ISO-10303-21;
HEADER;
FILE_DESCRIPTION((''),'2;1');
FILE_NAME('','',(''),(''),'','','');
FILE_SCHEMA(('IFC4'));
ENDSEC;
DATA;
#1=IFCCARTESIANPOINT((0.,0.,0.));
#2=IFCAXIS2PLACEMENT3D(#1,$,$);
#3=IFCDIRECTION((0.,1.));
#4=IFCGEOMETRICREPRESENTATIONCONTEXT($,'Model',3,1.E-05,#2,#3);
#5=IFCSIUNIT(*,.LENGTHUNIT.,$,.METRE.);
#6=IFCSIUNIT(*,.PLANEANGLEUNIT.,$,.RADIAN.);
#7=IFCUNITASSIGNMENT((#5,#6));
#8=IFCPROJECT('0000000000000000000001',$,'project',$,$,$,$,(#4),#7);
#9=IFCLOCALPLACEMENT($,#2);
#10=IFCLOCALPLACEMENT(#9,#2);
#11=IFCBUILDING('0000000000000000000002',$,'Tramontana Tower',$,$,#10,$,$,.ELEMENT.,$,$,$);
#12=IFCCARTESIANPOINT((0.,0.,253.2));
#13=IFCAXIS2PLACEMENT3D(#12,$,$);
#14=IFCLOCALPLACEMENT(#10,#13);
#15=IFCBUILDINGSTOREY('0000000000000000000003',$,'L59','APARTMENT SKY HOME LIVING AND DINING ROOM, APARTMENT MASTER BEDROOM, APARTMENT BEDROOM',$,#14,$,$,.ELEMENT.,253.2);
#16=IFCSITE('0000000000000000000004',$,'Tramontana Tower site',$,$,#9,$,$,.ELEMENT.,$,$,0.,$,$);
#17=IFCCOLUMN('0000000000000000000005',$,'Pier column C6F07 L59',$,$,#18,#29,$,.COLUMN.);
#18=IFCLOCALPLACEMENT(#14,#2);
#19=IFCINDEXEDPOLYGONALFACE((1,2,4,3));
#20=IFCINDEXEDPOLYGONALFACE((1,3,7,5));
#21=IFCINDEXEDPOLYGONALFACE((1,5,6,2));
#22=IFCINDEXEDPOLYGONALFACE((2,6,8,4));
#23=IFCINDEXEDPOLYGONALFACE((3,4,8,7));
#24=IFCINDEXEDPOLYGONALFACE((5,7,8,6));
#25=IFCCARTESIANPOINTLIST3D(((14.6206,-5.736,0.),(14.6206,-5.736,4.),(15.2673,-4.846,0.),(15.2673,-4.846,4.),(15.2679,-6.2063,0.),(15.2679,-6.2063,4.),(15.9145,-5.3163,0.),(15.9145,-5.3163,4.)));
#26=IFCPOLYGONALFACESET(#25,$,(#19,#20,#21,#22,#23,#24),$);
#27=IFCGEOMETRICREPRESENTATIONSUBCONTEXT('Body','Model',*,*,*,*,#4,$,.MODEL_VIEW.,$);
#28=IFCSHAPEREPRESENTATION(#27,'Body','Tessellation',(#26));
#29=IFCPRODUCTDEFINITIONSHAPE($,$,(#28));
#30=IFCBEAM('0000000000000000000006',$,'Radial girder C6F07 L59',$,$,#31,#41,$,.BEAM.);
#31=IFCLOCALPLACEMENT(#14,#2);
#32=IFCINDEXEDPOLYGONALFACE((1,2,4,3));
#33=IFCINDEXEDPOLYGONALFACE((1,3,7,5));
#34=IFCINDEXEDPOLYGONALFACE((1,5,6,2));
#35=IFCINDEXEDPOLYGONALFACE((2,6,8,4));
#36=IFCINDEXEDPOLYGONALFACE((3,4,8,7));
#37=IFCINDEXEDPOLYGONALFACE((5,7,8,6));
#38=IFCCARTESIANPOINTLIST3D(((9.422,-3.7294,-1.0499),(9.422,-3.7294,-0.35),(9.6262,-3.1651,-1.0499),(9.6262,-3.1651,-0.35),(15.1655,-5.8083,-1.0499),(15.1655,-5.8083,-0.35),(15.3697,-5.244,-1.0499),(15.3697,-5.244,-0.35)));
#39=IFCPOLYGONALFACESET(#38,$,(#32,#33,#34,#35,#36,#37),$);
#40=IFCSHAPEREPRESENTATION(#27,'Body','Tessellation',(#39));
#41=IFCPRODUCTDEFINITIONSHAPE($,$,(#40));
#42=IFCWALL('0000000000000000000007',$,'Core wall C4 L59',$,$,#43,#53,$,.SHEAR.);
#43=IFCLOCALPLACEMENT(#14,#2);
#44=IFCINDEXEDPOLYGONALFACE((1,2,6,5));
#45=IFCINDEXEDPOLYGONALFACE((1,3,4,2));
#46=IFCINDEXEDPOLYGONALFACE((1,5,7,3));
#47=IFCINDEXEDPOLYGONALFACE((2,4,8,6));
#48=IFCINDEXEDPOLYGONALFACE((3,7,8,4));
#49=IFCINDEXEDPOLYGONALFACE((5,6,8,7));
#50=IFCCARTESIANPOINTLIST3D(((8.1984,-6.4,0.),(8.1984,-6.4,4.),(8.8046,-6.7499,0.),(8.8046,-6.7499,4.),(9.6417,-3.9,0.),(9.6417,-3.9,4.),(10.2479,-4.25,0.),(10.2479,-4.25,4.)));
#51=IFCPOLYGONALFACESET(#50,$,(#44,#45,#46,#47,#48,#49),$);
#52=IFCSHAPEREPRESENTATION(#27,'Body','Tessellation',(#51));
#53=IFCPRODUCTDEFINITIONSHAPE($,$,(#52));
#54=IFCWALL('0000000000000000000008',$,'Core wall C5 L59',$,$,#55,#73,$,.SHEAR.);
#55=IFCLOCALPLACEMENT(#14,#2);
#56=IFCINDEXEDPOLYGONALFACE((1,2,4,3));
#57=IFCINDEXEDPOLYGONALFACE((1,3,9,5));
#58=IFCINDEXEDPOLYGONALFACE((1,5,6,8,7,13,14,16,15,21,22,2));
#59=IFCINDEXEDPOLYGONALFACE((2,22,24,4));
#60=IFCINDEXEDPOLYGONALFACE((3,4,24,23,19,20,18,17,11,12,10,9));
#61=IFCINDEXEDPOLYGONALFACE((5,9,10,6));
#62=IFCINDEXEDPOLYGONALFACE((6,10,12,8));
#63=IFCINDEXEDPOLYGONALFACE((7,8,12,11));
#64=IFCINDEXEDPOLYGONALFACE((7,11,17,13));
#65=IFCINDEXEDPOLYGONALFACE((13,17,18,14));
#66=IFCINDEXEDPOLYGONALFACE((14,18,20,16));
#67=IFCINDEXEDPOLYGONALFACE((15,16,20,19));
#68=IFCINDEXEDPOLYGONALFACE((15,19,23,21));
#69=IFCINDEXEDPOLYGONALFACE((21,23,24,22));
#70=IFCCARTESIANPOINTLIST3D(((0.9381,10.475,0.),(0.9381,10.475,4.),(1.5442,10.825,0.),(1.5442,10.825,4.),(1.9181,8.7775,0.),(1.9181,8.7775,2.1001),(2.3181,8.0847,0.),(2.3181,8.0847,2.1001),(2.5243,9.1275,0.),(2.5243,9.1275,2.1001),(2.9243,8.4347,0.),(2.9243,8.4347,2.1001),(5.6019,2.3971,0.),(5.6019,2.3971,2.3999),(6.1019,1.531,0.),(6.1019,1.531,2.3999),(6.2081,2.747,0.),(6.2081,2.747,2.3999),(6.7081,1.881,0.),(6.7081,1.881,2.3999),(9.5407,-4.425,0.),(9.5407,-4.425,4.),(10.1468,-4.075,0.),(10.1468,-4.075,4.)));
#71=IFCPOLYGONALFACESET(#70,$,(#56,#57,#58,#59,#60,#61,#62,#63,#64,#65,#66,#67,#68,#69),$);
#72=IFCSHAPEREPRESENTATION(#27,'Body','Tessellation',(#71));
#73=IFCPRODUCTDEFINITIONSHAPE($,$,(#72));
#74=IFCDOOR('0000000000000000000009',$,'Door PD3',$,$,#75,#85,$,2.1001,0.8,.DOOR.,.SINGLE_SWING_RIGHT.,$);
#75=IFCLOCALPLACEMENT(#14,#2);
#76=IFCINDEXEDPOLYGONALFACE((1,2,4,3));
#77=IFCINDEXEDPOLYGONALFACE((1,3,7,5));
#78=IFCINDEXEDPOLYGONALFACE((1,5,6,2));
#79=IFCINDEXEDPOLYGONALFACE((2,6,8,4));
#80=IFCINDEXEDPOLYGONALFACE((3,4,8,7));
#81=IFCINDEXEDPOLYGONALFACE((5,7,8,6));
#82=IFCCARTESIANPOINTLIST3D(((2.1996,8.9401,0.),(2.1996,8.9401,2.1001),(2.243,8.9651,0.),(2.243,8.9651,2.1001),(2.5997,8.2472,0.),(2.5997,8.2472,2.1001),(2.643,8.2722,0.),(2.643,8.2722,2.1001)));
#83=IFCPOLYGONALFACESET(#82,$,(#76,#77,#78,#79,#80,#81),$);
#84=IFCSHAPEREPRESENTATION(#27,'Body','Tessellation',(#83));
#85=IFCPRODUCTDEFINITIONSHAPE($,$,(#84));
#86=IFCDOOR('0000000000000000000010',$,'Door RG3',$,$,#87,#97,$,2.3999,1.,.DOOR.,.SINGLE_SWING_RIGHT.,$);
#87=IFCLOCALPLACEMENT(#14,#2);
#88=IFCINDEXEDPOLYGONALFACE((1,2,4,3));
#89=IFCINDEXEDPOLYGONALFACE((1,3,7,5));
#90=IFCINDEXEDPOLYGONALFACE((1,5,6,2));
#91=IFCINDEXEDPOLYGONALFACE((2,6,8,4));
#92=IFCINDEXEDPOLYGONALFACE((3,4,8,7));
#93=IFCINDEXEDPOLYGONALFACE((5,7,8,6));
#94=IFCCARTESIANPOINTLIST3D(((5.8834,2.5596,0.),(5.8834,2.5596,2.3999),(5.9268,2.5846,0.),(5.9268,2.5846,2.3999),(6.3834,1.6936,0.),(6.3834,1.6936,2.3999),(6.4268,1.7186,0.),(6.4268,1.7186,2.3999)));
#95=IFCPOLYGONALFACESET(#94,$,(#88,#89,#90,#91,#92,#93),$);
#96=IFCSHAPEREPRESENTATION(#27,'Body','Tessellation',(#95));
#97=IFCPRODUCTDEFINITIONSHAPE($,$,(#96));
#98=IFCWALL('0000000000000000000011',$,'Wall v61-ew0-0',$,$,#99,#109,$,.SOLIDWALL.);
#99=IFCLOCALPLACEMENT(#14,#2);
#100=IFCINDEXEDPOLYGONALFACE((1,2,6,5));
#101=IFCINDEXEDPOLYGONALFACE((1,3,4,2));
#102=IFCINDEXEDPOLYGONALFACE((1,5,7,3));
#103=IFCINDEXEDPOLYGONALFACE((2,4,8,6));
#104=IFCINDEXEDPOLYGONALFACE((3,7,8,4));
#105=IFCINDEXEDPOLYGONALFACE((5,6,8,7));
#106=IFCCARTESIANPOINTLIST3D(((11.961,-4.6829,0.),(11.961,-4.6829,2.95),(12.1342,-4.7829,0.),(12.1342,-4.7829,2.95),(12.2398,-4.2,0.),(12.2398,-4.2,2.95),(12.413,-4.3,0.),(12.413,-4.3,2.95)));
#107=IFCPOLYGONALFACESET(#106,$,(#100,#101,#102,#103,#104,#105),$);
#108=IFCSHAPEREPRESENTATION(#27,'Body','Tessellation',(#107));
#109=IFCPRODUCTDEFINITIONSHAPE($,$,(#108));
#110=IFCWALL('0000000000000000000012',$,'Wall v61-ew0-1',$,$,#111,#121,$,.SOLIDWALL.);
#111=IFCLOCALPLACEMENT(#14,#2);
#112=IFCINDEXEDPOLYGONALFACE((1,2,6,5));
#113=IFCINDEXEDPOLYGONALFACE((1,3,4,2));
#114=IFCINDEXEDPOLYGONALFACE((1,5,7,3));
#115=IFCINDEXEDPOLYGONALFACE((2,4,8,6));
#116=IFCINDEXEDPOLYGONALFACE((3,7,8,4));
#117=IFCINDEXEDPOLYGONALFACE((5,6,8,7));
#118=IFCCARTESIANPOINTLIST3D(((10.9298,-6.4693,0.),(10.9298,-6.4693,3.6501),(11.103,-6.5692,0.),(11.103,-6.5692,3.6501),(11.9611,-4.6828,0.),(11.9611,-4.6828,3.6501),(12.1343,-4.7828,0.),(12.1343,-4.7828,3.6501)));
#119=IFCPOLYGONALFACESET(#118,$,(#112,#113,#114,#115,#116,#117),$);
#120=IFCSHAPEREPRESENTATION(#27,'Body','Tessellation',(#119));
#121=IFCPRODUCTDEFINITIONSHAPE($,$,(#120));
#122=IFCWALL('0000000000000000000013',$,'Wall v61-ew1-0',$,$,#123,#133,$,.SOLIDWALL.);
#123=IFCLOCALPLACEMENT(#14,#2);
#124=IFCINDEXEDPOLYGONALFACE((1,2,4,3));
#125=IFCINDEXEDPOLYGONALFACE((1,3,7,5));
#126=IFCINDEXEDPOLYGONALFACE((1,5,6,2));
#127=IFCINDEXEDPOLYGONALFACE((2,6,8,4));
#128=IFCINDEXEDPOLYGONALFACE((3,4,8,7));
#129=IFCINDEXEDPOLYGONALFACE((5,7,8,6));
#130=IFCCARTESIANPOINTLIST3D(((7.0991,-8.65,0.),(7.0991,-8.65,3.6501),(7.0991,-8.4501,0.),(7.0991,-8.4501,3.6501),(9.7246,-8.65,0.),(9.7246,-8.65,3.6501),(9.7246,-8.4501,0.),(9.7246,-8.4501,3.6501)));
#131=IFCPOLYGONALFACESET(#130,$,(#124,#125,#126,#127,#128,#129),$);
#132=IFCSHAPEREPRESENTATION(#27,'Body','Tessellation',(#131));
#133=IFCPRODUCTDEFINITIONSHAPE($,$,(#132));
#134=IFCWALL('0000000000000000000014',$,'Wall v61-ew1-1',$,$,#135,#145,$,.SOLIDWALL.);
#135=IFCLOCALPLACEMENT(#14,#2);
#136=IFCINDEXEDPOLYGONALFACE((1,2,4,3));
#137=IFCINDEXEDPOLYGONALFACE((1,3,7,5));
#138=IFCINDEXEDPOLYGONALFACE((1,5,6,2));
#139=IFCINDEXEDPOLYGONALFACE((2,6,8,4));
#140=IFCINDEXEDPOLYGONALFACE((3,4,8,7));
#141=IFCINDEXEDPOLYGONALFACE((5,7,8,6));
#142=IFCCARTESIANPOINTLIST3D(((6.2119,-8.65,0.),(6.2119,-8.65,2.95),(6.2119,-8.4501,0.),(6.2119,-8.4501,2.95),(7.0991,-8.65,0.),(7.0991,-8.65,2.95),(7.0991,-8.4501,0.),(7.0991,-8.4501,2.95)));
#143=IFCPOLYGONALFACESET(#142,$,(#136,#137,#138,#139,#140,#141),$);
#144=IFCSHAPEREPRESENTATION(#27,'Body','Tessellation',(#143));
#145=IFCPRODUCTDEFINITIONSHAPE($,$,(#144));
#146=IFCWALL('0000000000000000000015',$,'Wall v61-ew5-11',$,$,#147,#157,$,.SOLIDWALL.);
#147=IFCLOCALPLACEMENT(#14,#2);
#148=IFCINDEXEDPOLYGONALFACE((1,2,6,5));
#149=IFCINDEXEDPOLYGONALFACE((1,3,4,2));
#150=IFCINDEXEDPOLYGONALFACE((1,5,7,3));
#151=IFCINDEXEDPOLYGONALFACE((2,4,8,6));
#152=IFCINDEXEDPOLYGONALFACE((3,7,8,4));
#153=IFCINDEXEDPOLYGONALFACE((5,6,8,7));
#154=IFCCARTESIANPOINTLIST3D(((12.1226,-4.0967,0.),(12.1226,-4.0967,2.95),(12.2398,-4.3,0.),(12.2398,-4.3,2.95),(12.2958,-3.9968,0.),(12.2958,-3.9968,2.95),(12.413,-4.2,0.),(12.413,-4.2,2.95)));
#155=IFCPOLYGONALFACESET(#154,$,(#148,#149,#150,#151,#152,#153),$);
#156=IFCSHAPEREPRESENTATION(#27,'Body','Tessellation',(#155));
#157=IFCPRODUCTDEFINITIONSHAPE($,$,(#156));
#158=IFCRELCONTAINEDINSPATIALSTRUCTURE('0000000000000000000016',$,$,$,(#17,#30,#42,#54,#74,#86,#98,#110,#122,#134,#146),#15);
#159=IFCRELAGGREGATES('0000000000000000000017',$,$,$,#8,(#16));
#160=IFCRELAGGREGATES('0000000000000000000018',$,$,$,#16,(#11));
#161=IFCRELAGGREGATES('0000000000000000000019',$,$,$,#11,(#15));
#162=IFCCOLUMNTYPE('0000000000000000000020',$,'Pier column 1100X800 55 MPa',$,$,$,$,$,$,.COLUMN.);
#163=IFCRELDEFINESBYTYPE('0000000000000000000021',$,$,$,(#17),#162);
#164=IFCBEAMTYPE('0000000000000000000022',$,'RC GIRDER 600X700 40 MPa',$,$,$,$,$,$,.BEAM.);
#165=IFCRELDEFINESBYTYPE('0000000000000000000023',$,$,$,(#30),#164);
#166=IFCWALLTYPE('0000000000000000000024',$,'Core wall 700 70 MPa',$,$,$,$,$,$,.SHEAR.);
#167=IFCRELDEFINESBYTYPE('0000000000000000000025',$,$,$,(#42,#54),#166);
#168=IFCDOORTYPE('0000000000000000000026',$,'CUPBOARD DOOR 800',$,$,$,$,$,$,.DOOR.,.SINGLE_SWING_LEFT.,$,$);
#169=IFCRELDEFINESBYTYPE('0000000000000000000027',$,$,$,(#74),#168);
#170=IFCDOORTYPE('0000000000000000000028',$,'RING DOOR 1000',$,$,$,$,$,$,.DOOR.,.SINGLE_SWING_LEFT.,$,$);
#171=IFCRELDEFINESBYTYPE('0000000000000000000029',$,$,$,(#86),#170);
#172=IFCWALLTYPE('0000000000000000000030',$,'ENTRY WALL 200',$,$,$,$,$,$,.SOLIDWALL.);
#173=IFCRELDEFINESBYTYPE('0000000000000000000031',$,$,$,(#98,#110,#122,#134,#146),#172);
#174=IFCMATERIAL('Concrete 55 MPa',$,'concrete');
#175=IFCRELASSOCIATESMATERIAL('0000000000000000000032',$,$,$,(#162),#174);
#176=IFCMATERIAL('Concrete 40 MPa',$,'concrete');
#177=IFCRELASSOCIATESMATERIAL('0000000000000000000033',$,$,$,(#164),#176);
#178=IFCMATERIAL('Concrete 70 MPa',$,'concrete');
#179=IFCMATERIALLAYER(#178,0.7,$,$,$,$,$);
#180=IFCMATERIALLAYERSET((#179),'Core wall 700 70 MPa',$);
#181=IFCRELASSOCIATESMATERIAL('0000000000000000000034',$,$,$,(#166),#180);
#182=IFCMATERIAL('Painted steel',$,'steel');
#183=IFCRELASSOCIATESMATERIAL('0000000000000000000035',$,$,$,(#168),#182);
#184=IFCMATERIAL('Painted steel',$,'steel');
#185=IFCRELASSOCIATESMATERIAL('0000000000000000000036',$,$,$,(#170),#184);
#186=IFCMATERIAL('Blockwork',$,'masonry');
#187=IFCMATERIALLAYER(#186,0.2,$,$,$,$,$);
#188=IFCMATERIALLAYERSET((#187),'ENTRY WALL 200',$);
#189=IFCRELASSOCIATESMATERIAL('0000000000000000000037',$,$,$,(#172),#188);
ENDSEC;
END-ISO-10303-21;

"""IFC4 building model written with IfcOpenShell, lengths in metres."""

from ifc_helpers import new_model, si_unit, direction, frame, frame_2d, origin, origin_2d, place, context, subcontext, project, spatial, rectangle, extrude, material, layer, layer_set, material_profile, profile_set, type_object, element, fill, save


model = new_model("IFC4")

# Units and contexts
model_context = context("Model", 3, precision=1e-05, world=origin(), true_north=direction((0.0, 1.0)))
body_context = subcontext(model_context, "Body", "Model", "MODEL_VIEW")
ifc_project = project(units=[si_unit("LENGTHUNIT", "METRE"), si_unit("PLANEANGLEUNIT", "RADIAN")], contexts=[model_context])

# Site, building, storey
site_placement = place(None, origin())
site = spatial("IfcSite", under=ifc_project, at=site_placement, Name="Tramontana Tower site", CompositionType="ELEMENT", RefElevation=0.0)
building_placement = place(site_placement, origin())
building = spatial("IfcBuilding", under=site, at=building_placement, Name="Tramontana Tower", CompositionType="ELEMENT")
storey_placement = place(building_placement, frame((0.0, 0.0, 253.2)))
storey = spatial("IfcBuildingStorey", under=building, at=storey_placement, Name="L59", Description="APARTMENT SKY HOME LIVING AND DINING ROOM, APARTMENT MASTER BEDROOM, APARTMENT BEDROOM", CompositionType="ELEMENT", Elevation=253.2)

# Column
ifc_material_1 = material(Name="Concrete 55 MPa", Category="concrete")
ifc_material_profile_1 = material_profile(ifc_material_1, rectangle(XDim=1.1001, YDim=0.8, at=origin_2d()), Name="Pier column 1100X800 55 MPa")
ifc_profile_set_1 = profile_set([ifc_material_profile_1], Name="Concrete 55 MPa")
column_type = type_object("IfcColumnType", Name="Pier column 1100X800 55 MPa", PredefinedType="COLUMN", material=ifc_profile_set_1)
column_placement = place(storey_placement, frame((15.2676, -5.5261, 0.0), z_axis=(0.0, 0.0, 1.0), x_axis=(0.587785, 0.809017, 0.0)))
element("IfcColumn", 1, at=column_placement, inside=storey, type_object=column_type, Name="Pier column C6F07 L59", PredefinedType="COLUMN", context=body_context, shape_type="SweptSolid", body=[
    extrude(rectangle(XDim=1.1001, YDim=0.8, at=origin_2d()), origin(), (0.0, 0.0, 1.0), 4.0),
])

# Beam
ifc_material_2 = material(Name="Concrete 40 MPa", Category="concrete")
ifc_material_profile_2 = material_profile(ifc_material_2, rectangle(XDim=0.6001, YDim=0.7, at=origin_2d()), Name="RC GIRDER 600X700 40 MPa")
ifc_profile_set_2 = profile_set([ifc_material_profile_2], Name="Concrete 40 MPa")
beam_type = type_object("IfcBeamType", Name="RC GIRDER 600X700 40 MPa", PredefinedType="BEAM", material=ifc_profile_set_2)
beam_placement = place(storey_placement, frame((15.2676, -5.5261, -0.7), z_axis=(-0.9403, 0.340347, 0.0), x_axis=(-0.340347, -0.9403, 0.0)))
element("IfcBeam", 2, at=beam_placement, inside=storey, type_object=beam_type, Name="Radial girder C6F07 L59", PredefinedType="BEAM", context=body_context, shape_type="SweptSolid", body=[
    extrude(rectangle(XDim=0.6001, YDim=0.7, at=origin_2d()), origin(), (0.0, 0.0, 1.0), 6.1082),
])

# Wall
ifc_material_3 = material(Name="Concrete 70 MPa", Category="concrete")
ifc_layer_1 = layer(ifc_material_3, 0.7)
ifc_layer_set_1 = layer_set([ifc_layer_1], Name="Core wall 700 70 MPa")
wall_type_1 = type_object("IfcWallType", Name="Core wall 700 70 MPa", PredefinedType="SHEAR", material=ifc_layer_set_1)
wall_1_placement = place(storey_placement, frame((8.5015, -6.575, 0.0), z_axis=(0.0, 0.0, 1.0), x_axis=(0.499996, 0.866028, 0.0)))
element("IfcWall", 3, at=wall_1_placement, inside=storey, type_object=wall_type_1, Name="Core wall C4 L59", PredefinedType="SHEAR", context=body_context, shape_type="SweptSolid", body=[
    extrude(rectangle(XDim=2.8867, YDim=0.7, at=frame_2d((1.4434, 0.0))), origin(), (0.0, 0.0, 1.0), 4.0),
])

# Wall, openings, doors
wall_2_placement = place(storey_placement, frame((9.8438, -4.25, 0.0), z_axis=(0.0, 0.0, 1.0), x_axis=(-0.500003, 0.866023, 0.0)))
wall_2 = element("IfcWall", 4, at=wall_2_placement, inside=storey, type_object=wall_type_1, Name="Core wall C5 L59", PredefinedType="SHEAR", context=body_context, shape_type="SweptSolid", body=[
    extrude(rectangle(XDim=17.2051, YDim=0.7, at=frame_2d((8.6025, 0.0))), origin(), (0.0, 0.0, 1.0), 4.0),
])
opening_1_placement = place(wall_2_placement, frame((6.8774, 0.0, 0.0)))
opening_1 = element("IfcOpeningElement", 5, at=opening_1_placement, cuts=wall_2, PredefinedType="OPENING", context=body_context, shape_type="SweptSolid", body=[
    extrude(rectangle(XDim=1.0, YDim=2.3999, at=frame_2d((0.5, 1.2))), frame((0.0, 0.3599, 0.0), z_axis=(0.0, -1.0, 0.0), x_axis=(1.0, 0.0, 0.0)), (0.0, 0.0, 1.0), 0.72),
])
opening_2_placement = place(wall_2_placement, frame((14.4451, 0.0, 0.0)))
opening_2 = element("IfcOpeningElement", 6, at=opening_2_placement, cuts=wall_2, PredefinedType="OPENING", context=body_context, shape_type="SweptSolid", body=[
    extrude(rectangle(XDim=0.8, YDim=2.1001, at=frame_2d((0.3999, 1.05))), frame((0.0, 0.3599, 0.0), z_axis=(0.0, -1.0, 0.0), x_axis=(1.0, 0.0, 0.0)), (0.0, 0.0, 1.0), 0.72),
])
ifc_material_4 = material(Name="Painted steel", Category="steel")
door_type_1 = type_object("IfcDoorType", Name="CUPBOARD DOOR 800", OperationType="SINGLE_SWING_LEFT", PredefinedType="DOOR", material=ifc_material_4)
door_1_placement = place(opening_2_placement, origin())
door_1 = element("IfcDoor", 7, at=door_1_placement, inside=storey, type_object=door_type_1, Name="Door PD3", OperationType="SINGLE_SWING_RIGHT", OverallHeight=2.1001, OverallWidth=0.8, PredefinedType="DOOR", context=body_context, shape_type="SweptSolid", body=[
    extrude(rectangle(XDim=0.8, YDim=2.1001, at=frame_2d((0.3999, 1.05))), frame((0.0, 0.0249, 0.0), z_axis=(0.0, -1.0, 0.0), x_axis=(1.0, 0.0, 0.0)), (0.0, 0.0, 1.0), 0.05),
])
fill(opening_2, door_1)
ifc_material_5 = material(Name="Painted steel", Category="steel")
door_type_2 = type_object("IfcDoorType", Name="RING DOOR 1000", OperationType="SINGLE_SWING_LEFT", PredefinedType="DOOR", material=ifc_material_5)
door_2_placement = place(opening_1_placement, origin())
door_2 = element("IfcDoor", 8, at=door_2_placement, inside=storey, type_object=door_type_2, Name="Door RG3", OperationType="SINGLE_SWING_RIGHT", OverallHeight=2.3999, OverallWidth=1.0, PredefinedType="DOOR", context=body_context, shape_type="SweptSolid", body=[
    extrude(rectangle(XDim=1.0, YDim=2.3999, at=frame_2d((0.5, 1.2))), frame((0.0, 0.0249, 0.0), z_axis=(0.0, -1.0, 0.0), x_axis=(1.0, 0.0, 0.0)), (0.0, 0.0, 1.0), 0.05),
])
fill(opening_1, door_2)

# Walls
ifc_material_6 = material(Name="Blockwork", Category="masonry")
ifc_layer_2 = layer(ifc_material_6, 0.2)
ifc_layer_set_2 = layer_set([ifc_layer_2], Name="ENTRY WALL 200")
wall_type_2 = type_object("IfcWallType", Name="ENTRY WALL 200", PredefinedType="SOLIDWALL", material=ifc_layer_set_2)
wall_3_placement = place(storey_placement, frame((12.3264, -4.25, 0.0), z_axis=(0.0, 0.0, 1.0), x_axis=(-0.5, -0.866025, 0.0)))
element("IfcWall", 9, at=wall_3_placement, inside=storey, type_object=wall_type_2, Name="Wall v61-ew0-0", PredefinedType="SOLIDWALL", context=body_context, shape_type="SweptSolid", body=[
    extrude(rectangle(XDim=0.5576, YDim=0.2, at=frame_2d((0.2788, 0.0))), origin(), (0.0, 0.0, 1.0), 2.95),
])
wall_4_placement = place(storey_placement, frame((12.0476, -4.7329, 0.0), z_axis=(0.0, 0.0, 1.0), x_axis=(-0.499958, -0.86605, 0.0)))
element("IfcWall", 10, at=wall_4_placement, inside=storey, type_object=wall_type_2, Name="Wall v61-ew0-1", PredefinedType="SOLIDWALL", context=body_context, shape_type="SweptSolid", body=[
    extrude(rectangle(XDim=2.0627, YDim=0.2, at=frame_2d((1.0312, 0.0))), origin(), (0.0, 0.0, 1.0), 3.6501),
])
wall_5_placement = place(storey_placement, frame((9.7246, -8.55, 0.0), z_axis=(0.0, 0.0, 1.0), x_axis=(-1.0, 0.0, 0.0)))
element("IfcWall", 11, at=wall_5_placement, inside=storey, type_object=wall_type_2, Name="Wall v61-ew1-0", PredefinedType="SOLIDWALL", context=body_context, shape_type="SweptSolid", body=[
    extrude(rectangle(XDim=2.6255, YDim=0.2, at=frame_2d((1.3127, 0.0))), origin(), (0.0, 0.0, 1.0), 3.6501),
])
wall_6_placement = place(storey_placement, frame((7.0991, -8.55, 0.0), z_axis=(0.0, 0.0, 1.0), x_axis=(-1.0, 0.0, 0.0)))
element("IfcWall", 12, at=wall_6_placement, inside=storey, type_object=wall_type_2, Name="Wall v61-ew1-1", PredefinedType="SOLIDWALL", context=body_context, shape_type="SweptSolid", body=[
    extrude(rectangle(XDim=0.8872, YDim=0.2, at=frame_2d((0.4436, 0.0))), origin(), (0.0, 0.0, 1.0), 2.95),
])
wall_7_placement = place(storey_placement, frame((12.2092, -4.0469, 0.0), z_axis=(0.0, 0.0, 1.0), x_axis=(0.499722, -0.866186, 0.0)))
element("IfcWall", 13, at=wall_7_placement, inside=storey, type_object=wall_type_2, Name="Wall v61-ew5-11", PredefinedType="SOLIDWALL", context=body_context, shape_type="SweptSolid", body=[
    extrude(rectangle(XDim=0.2346, YDim=0.2, at=frame_2d((0.1172, 0.0))), origin(), (0.0, 0.0, 1.0), 2.95),
])

save(model, "model.ifc")
